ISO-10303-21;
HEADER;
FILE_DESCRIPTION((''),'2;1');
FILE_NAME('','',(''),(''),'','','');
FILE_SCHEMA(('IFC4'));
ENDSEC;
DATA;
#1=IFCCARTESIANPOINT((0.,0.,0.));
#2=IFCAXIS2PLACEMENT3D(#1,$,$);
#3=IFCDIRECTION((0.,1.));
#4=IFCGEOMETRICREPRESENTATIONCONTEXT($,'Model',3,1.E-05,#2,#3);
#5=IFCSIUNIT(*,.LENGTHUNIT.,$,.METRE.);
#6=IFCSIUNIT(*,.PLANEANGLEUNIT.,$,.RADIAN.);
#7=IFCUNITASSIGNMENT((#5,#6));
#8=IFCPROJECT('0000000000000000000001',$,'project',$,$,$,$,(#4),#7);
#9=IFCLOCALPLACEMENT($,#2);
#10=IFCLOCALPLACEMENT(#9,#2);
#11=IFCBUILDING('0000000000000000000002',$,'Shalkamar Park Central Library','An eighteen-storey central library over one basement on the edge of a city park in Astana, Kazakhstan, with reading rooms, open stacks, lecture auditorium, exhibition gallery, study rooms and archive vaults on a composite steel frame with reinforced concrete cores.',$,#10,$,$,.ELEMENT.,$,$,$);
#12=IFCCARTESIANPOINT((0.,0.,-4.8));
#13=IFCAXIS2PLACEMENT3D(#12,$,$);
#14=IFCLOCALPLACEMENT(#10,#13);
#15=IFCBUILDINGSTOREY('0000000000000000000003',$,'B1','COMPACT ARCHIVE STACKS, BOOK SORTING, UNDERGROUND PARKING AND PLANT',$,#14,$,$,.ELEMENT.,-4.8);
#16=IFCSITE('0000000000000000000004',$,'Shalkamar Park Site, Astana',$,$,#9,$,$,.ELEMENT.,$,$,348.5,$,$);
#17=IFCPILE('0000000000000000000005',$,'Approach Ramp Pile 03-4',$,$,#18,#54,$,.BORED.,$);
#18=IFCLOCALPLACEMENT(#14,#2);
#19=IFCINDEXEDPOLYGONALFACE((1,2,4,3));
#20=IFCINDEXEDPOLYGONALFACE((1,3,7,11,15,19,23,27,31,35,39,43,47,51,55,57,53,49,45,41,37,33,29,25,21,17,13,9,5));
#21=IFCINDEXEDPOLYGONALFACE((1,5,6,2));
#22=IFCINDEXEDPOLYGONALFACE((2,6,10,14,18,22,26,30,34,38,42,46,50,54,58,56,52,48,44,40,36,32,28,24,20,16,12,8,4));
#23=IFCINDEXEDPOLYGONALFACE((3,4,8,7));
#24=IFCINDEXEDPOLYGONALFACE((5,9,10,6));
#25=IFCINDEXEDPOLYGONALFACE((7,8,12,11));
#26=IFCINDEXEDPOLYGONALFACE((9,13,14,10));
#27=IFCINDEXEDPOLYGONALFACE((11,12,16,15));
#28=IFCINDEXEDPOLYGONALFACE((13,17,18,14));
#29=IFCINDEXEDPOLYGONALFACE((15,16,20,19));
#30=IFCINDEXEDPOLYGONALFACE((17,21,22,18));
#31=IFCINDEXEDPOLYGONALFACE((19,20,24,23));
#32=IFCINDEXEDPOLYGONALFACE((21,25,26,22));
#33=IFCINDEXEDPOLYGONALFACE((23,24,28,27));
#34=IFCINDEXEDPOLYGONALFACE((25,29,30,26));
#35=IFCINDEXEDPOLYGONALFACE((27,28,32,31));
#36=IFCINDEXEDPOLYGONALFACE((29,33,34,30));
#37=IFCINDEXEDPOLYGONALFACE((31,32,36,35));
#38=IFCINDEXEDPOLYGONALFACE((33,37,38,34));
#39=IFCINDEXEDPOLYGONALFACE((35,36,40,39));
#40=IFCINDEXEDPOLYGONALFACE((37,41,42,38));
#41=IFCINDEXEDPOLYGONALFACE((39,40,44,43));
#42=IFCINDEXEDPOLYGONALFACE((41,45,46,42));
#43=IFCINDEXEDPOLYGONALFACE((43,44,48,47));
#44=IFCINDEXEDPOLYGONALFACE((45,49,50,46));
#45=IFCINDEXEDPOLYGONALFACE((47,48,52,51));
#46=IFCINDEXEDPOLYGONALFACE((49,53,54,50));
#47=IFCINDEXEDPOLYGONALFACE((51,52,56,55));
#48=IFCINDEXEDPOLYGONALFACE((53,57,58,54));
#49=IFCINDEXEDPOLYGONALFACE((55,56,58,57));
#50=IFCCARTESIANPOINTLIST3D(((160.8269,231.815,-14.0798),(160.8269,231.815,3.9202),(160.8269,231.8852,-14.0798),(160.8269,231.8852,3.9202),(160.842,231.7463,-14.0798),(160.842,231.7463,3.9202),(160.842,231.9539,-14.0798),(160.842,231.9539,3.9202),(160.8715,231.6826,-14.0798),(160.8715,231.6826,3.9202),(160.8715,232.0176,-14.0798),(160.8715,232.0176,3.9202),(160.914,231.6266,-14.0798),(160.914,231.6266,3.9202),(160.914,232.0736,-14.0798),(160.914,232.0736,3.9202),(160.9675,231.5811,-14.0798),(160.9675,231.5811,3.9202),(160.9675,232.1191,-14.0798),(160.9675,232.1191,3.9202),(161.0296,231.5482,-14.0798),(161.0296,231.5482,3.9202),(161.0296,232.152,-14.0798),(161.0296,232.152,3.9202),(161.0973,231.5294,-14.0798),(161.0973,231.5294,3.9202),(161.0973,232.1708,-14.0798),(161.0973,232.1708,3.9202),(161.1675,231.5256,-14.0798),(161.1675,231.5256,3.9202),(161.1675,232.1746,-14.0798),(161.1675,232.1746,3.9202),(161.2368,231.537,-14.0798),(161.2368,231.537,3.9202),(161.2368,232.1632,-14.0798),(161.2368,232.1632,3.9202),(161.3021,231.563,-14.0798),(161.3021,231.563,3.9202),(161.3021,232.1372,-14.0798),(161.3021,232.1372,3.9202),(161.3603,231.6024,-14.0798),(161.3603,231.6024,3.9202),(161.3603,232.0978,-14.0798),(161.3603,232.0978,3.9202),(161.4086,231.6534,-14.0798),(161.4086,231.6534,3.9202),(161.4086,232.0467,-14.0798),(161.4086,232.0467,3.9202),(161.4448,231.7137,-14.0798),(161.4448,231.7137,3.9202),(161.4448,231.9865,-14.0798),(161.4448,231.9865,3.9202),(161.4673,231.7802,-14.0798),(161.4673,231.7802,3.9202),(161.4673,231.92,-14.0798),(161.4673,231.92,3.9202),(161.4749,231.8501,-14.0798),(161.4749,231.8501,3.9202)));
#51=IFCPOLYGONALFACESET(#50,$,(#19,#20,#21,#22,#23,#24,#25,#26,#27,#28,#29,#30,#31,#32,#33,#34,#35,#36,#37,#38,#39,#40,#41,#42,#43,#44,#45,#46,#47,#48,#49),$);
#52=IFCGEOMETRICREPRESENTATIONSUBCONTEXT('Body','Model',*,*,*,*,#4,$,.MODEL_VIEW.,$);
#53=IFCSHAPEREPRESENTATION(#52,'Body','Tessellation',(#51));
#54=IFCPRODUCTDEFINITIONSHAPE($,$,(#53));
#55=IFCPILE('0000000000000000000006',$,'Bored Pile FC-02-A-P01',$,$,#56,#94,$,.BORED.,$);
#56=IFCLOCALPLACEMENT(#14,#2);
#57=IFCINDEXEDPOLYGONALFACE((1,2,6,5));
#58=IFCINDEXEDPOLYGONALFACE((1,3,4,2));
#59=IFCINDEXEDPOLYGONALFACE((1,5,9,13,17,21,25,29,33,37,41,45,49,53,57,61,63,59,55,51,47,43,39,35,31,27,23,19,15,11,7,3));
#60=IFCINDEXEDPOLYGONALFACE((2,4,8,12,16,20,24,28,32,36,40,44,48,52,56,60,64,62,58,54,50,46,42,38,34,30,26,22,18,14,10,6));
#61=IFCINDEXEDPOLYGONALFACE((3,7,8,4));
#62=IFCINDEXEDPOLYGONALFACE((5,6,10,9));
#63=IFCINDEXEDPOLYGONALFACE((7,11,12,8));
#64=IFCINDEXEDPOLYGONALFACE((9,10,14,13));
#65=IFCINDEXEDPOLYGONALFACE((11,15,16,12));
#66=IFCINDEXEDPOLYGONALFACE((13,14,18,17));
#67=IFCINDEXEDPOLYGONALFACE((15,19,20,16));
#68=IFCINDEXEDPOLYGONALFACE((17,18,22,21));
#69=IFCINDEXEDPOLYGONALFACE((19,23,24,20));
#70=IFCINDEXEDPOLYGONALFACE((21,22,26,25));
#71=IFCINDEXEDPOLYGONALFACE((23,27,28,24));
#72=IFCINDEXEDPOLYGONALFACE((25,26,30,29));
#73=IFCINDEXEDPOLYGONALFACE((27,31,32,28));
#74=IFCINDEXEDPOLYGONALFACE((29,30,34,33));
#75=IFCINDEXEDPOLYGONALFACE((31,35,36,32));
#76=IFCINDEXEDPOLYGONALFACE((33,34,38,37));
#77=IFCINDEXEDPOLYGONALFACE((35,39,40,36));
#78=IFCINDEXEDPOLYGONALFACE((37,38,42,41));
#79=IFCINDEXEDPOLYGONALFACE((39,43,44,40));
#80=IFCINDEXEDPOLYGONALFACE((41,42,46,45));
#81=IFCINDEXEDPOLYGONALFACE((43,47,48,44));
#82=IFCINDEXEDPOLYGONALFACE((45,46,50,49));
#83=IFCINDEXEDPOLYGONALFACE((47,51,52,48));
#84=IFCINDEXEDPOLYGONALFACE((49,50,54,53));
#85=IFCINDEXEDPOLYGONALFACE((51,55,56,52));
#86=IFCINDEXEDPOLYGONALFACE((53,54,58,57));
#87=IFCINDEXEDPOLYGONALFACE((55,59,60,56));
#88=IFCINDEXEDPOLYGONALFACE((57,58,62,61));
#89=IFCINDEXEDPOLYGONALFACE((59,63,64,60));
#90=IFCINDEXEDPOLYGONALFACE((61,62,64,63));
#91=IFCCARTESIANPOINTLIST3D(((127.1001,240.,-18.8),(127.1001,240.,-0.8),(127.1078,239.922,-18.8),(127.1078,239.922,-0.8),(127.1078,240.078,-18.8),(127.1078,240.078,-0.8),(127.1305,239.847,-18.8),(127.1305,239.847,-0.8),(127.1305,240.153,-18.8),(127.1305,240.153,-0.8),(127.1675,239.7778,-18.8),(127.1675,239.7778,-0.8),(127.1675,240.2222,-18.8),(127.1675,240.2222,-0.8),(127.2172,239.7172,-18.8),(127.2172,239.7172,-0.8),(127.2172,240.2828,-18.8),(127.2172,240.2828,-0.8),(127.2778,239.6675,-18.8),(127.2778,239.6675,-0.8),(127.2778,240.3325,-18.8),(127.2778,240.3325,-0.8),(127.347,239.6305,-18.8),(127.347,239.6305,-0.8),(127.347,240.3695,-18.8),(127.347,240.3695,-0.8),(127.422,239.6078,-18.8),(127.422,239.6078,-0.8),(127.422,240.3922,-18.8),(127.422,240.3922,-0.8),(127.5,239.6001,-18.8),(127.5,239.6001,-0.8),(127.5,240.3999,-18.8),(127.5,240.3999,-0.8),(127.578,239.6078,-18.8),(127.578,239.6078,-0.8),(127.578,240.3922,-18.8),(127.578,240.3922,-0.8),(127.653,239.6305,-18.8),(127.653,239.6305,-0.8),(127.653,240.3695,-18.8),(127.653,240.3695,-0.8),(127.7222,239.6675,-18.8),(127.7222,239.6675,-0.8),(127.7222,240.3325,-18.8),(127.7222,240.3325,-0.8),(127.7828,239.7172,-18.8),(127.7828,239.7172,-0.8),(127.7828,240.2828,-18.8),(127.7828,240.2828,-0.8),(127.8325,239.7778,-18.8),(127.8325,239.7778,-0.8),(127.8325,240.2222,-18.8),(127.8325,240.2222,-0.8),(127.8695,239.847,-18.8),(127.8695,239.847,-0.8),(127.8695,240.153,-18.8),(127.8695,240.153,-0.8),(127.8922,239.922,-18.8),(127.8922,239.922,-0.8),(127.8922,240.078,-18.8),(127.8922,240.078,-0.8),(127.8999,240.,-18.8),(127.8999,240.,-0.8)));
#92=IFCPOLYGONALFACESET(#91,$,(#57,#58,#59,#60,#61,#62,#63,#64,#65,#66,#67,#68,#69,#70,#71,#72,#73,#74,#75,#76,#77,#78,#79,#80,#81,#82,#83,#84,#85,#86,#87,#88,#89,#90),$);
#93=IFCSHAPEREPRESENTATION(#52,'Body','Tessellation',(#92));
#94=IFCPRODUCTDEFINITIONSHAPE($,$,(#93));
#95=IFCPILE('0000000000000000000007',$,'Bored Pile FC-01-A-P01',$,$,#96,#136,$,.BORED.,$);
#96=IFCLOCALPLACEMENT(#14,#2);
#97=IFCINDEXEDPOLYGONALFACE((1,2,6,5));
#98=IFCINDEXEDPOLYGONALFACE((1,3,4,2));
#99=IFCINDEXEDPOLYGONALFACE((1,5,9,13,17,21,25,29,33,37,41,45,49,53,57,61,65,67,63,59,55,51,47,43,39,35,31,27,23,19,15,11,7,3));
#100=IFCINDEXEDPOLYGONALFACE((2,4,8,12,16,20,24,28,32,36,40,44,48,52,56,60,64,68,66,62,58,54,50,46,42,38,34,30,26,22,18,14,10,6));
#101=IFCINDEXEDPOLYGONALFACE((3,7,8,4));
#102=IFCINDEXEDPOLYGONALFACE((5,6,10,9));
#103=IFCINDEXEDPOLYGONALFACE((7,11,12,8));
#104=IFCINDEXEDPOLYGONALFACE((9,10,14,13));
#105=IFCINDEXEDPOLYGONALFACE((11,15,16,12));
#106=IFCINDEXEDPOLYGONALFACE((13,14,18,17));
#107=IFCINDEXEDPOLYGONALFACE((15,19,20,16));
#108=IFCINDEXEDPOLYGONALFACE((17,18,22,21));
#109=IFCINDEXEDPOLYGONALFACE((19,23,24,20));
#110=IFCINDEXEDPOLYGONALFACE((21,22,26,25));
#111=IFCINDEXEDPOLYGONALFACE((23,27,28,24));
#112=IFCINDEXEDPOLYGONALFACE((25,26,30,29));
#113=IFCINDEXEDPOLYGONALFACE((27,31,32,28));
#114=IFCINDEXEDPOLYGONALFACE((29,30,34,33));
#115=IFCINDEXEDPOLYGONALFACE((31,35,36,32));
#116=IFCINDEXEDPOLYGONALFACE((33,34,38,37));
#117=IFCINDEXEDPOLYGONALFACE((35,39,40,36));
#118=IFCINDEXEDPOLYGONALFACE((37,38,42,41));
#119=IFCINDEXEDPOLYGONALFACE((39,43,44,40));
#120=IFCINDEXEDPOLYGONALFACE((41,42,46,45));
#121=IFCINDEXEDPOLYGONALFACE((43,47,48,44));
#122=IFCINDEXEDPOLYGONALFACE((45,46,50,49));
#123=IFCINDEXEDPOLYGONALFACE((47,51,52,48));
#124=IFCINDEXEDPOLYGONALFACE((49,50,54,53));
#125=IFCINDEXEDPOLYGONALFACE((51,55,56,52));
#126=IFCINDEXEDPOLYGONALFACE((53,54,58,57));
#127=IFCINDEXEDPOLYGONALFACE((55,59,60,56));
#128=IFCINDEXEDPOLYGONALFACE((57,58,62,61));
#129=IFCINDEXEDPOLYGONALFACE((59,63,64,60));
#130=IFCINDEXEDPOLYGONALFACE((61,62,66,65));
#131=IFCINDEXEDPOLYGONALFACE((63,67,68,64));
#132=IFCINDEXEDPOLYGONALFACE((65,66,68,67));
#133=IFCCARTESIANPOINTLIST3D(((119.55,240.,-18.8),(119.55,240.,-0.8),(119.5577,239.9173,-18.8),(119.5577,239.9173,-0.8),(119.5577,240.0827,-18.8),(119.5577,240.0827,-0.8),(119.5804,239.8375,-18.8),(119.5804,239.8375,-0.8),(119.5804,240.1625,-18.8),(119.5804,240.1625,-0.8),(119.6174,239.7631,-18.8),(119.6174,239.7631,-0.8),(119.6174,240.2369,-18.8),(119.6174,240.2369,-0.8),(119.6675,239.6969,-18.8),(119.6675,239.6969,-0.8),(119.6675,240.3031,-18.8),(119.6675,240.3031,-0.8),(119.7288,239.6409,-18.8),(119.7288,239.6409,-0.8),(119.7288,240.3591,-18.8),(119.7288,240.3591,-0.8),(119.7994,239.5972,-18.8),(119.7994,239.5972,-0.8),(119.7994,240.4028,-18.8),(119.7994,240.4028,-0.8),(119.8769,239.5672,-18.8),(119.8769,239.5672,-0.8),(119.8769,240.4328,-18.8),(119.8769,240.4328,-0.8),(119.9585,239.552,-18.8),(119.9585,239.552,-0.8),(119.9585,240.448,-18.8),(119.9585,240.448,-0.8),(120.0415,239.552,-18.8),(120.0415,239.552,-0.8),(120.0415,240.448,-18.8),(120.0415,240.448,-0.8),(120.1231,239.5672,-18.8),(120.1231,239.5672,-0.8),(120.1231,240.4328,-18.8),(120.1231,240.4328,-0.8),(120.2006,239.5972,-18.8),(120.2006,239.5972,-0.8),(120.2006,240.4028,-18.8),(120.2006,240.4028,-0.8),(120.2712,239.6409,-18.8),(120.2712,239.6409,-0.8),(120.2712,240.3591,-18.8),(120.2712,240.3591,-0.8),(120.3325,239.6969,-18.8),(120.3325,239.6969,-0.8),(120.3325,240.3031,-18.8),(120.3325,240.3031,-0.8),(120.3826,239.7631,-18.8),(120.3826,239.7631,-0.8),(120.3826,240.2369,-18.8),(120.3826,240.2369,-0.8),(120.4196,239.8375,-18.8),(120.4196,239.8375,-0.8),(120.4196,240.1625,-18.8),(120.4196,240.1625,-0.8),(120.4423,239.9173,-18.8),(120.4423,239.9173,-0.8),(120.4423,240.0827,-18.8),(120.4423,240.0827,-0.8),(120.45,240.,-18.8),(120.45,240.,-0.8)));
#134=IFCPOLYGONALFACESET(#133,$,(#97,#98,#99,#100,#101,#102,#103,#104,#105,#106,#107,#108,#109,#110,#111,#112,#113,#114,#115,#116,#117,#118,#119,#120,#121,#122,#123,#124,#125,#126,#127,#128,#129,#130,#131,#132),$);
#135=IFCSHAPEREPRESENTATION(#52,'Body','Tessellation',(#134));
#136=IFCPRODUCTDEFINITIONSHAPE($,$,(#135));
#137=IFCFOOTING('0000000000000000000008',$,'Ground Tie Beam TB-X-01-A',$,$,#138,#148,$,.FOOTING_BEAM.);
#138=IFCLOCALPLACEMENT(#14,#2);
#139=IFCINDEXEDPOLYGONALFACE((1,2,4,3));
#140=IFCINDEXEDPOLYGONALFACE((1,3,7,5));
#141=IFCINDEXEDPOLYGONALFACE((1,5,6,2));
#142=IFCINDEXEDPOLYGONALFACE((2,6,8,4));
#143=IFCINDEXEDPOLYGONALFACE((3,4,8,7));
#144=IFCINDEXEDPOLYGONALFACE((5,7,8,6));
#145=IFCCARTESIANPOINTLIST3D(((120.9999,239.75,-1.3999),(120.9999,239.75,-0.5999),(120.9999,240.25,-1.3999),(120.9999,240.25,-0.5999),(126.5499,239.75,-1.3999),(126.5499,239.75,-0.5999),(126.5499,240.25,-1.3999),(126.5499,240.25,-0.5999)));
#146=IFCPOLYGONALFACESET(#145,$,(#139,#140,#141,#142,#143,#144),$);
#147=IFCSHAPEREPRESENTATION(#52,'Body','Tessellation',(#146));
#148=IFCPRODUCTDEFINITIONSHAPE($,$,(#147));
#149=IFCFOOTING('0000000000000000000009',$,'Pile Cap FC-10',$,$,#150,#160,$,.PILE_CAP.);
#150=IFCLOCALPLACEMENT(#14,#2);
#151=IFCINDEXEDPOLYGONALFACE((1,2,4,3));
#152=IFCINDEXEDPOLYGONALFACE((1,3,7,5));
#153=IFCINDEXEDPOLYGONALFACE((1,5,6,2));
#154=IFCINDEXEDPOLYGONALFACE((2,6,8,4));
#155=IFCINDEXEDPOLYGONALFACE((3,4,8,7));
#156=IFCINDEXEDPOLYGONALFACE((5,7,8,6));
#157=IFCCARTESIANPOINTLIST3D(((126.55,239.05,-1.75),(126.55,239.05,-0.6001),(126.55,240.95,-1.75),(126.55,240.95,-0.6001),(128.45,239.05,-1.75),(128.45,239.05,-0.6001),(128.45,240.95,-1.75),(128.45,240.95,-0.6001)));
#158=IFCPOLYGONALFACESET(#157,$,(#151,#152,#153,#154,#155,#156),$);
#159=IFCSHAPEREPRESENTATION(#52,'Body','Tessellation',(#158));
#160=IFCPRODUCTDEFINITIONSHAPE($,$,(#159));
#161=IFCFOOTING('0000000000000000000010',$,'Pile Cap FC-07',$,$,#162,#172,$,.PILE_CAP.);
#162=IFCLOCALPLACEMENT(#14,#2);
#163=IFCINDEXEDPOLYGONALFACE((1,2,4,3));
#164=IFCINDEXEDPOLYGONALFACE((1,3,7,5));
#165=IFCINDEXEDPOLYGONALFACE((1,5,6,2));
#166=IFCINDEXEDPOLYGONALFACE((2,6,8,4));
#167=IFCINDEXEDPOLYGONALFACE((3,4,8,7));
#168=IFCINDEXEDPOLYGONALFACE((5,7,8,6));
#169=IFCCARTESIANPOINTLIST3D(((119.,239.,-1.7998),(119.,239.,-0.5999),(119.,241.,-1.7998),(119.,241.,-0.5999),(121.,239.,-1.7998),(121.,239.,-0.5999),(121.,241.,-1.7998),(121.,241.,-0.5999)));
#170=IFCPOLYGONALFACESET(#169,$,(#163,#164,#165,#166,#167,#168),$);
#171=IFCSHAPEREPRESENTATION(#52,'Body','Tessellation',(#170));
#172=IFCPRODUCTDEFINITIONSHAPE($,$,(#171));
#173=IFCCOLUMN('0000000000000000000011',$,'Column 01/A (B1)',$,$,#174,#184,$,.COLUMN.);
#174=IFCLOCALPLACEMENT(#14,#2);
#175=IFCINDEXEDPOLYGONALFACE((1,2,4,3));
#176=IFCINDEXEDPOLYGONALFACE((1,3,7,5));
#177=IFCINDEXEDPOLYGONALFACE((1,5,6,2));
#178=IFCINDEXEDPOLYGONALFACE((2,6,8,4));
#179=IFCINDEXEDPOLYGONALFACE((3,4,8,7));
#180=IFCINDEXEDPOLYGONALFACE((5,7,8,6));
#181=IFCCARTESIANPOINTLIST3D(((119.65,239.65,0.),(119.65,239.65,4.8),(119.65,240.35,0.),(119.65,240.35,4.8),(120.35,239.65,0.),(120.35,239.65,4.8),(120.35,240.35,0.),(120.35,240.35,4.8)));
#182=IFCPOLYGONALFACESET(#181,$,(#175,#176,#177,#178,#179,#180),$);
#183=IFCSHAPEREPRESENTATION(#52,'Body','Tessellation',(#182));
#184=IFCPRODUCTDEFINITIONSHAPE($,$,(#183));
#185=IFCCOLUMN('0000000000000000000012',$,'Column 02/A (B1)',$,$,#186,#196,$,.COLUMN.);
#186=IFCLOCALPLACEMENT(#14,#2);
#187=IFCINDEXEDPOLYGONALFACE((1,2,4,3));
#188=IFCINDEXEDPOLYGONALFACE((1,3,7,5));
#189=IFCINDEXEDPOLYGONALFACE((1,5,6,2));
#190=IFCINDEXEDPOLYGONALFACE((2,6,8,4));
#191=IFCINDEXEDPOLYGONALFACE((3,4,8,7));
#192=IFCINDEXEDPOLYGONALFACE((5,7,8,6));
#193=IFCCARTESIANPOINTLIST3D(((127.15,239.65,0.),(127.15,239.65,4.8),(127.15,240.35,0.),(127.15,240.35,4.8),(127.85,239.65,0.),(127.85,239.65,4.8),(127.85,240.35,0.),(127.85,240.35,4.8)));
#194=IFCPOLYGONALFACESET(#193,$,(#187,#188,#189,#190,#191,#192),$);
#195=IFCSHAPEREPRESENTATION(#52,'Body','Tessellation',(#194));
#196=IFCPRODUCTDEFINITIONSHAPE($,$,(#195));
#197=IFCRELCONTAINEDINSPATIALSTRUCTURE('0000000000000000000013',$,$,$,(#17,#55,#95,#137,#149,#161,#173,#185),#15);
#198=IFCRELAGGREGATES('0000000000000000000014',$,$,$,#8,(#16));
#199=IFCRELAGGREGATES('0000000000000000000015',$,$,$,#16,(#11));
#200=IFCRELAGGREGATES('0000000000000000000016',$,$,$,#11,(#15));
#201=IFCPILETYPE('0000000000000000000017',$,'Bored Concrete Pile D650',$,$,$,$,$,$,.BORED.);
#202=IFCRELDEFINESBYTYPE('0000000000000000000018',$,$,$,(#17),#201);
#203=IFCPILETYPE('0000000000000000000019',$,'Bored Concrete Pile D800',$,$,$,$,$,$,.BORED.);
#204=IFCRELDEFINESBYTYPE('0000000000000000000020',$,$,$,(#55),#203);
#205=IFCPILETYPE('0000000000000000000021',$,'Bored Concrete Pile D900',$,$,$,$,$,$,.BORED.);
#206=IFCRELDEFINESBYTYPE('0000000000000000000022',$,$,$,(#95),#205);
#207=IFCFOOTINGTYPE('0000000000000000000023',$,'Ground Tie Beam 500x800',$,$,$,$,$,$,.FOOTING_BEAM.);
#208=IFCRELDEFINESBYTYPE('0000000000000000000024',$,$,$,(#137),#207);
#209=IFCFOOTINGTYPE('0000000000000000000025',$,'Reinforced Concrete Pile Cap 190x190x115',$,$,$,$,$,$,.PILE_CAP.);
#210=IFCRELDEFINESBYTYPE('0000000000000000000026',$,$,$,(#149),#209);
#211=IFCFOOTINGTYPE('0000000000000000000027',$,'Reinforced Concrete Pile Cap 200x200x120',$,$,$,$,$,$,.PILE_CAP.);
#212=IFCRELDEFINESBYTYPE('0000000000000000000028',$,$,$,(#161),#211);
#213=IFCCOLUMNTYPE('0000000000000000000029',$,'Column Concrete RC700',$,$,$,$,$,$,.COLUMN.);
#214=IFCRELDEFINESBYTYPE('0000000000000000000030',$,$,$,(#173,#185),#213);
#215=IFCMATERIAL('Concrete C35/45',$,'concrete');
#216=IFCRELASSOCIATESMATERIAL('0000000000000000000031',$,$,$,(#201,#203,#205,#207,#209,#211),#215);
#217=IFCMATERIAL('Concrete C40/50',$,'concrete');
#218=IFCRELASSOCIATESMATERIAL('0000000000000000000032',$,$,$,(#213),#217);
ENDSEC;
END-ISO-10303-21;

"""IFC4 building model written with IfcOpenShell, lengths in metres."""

from ifc_helpers import new_model, si_unit, direction, frame, origin, origin_2d, place, context, subcontext, project, spatial, rectangle, circle, extrude, material, material_profile, profile_set, type_object, element, save


model = new_model("IFC4")

# Units and contexts
model_context = context("Model", 3, precision=1e-05, world=origin(), true_north=direction((0.0, 1.0)))
body_context = subcontext(model_context, "Body", "Model", "MODEL_VIEW")
ifc_project = project(units=[si_unit("LENGTHUNIT", "METRE"), si_unit("PLANEANGLEUNIT", "RADIAN")], contexts=[model_context])

# Site, building, storey
site_placement = place(None, origin())
site = spatial("IfcSite", under=ifc_project, at=site_placement, Name="Shalkamar Park Site, Astana", CompositionType="ELEMENT", RefElevation=348.5)
building_placement = place(site_placement, origin())
building = spatial("IfcBuilding", under=site, at=building_placement, Name="Shalkamar Park Central Library", Description="An eighteen-storey central library over one basement on the edge of a city park in Astana, Kazakhstan, with reading rooms, open stacks, lecture auditorium, exhibition gallery, study rooms and archive vaults on a composite steel frame with reinforced concrete cores.", CompositionType="ELEMENT")
storey_placement = place(building_placement, frame((0.0, 0.0, -4.8)))
storey = spatial("IfcBuildingStorey", under=building, at=storey_placement, Name="B1", Description="COMPACT ARCHIVE STACKS, BOOK SORTING, UNDERGROUND PARKING AND PLANT", CompositionType="ELEMENT", Elevation=-4.8)

# Piles
ifc_material_1 = material(Name="Concrete C35/45", Category="concrete")
ifc_material_profile_1 = material_profile(ifc_material_1, circle(Radius=0.325, at=origin_2d()), Name="PILE D650")
ifc_profile_set_1 = profile_set([ifc_material_profile_1], Name="Concrete C35/45")
pile_type_1 = type_object("IfcPileType", Name="Bored Concrete Pile D650", PredefinedType="BORED", material=ifc_profile_set_1)
for number, where, z_axis, x_axis, name in (
    (1, (161.1499, 231.8501, 3.9202), (0.0, 0.0, -1.0), (1.0, 0.0, 0.0), "Approach Ramp Pile 03-4"),
):
    element("IfcPile", number, at=place(storey_placement, frame(where, z_axis=z_axis, x_axis=x_axis)), inside=storey, type_object=pile_type_1, Name=name, PredefinedType="BORED", context=body_context, shape_type="SweptSolid", body=[
        extrude(circle(Radius=0.325, at=origin_2d()), origin(), (0.0, 0.0, 1.0), 18.0),
    ])
ifc_material_profile_2 = material_profile(ifc_material_1, circle(Radius=0.3999, at=origin_2d()), Name="PILE D800")
ifc_profile_set_2 = profile_set([ifc_material_profile_2], Name="Concrete C35/45")
pile_type_2 = type_object("IfcPileType", Name="Bored Concrete Pile D800", PredefinedType="BORED", material=ifc_profile_set_2)
pile_1_placement = place(storey_placement, frame((127.5, 240.0, -0.8), z_axis=(0.0, 0.0, -1.0), x_axis=(1.0, 0.0, 0.0)))
element("IfcPile", 2, at=pile_1_placement, inside=storey, type_object=pile_type_2, Name="Bored Pile FC-02-A-P01", PredefinedType="BORED", context=body_context, shape_type="SweptSolid", body=[
    extrude(circle(Radius=0.3999, at=origin_2d()), origin(), (0.0, 0.0, 1.0), 18.0),
])
ifc_material_profile_3 = material_profile(ifc_material_1, circle(Radius=0.45, at=origin_2d()), Name="PILE D900")
ifc_profile_set_3 = profile_set([ifc_material_profile_3], Name="Concrete C35/45")
pile_type_3 = type_object("IfcPileType", Name="Bored Concrete Pile D900", PredefinedType="BORED", material=ifc_profile_set_3)
pile_2_placement = place(storey_placement, frame((120.0, 240.0, -0.8), z_axis=(0.0, 0.0, -1.0), x_axis=(1.0, 0.0, 0.0)))
element("IfcPile", 3, at=pile_2_placement, inside=storey, type_object=pile_type_3, Name="Bored Pile FC-01-A-P01", PredefinedType="BORED", context=body_context, shape_type="SweptSolid", body=[
    extrude(circle(Radius=0.45, at=origin_2d()), origin(), (0.0, 0.0, 1.0), 18.0),
])

# Footings
footing_type_1 = type_object("IfcFootingType", Name="Ground Tie Beam 500x800", PredefinedType="FOOTING_BEAM", material=ifc_material_1)
footing_1_placement = place(storey_placement, frame((123.7749, 240.0, -1.3999), z_axis=(0.0, 0.0, 1.0), x_axis=(1.0, 0.0, 0.0)))
element("IfcFooting", 4, at=footing_1_placement, inside=storey, type_object=footing_type_1, Name="Ground Tie Beam TB-X-01-A", PredefinedType="FOOTING_BEAM", context=body_context, shape_type="SweptSolid", body=[
    extrude(rectangle(XDim=5.55, YDim=0.5, at=origin_2d()), origin(), (0.0, 0.0, 1.0), 0.8),
])
footing_type_2 = type_object("IfcFootingType", Name="Reinforced Concrete Pile Cap 190x190x115", PredefinedType="PILE_CAP", material=ifc_material_1)
footing_2_placement = place(storey_placement, frame((127.5, 240.0, -1.75), z_axis=(0.0, 0.0, 1.0), x_axis=(1.0, 0.0, 0.0)))
element("IfcFooting", 5, at=footing_2_placement, inside=storey, type_object=footing_type_2, Name="Pile Cap FC-10", PredefinedType="PILE_CAP", context=body_context, shape_type="SweptSolid", body=[
    extrude(rectangle(XDim=1.8999, YDim=1.8999, at=origin_2d()), origin(), (0.0, 0.0, 1.0), 1.1499),
])
footing_type_3 = type_object("IfcFootingType", Name="Reinforced Concrete Pile Cap 200x200x120", PredefinedType="PILE_CAP", material=ifc_material_1)
footing_3_placement = place(storey_placement, frame((120.0, 240.0, -1.7998), z_axis=(0.0, 0.0, 1.0), x_axis=(1.0, 0.0, 0.0)))
element("IfcFooting", 6, at=footing_3_placement, inside=storey, type_object=footing_type_3, Name="Pile Cap FC-07", PredefinedType="PILE_CAP", context=body_context, shape_type="SweptSolid", body=[
    extrude(rectangle(XDim=2.0, YDim=2.0, at=origin_2d()), origin(), (0.0, 0.0, 1.0), 1.2),
])

# Columns
ifc_material_2 = material(Name="Concrete C40/50", Category="concrete")
ifc_material_profile_4 = material_profile(ifc_material_2, rectangle(XDim=0.7, YDim=0.7, at=origin_2d()), Name="RC 700x700")
ifc_profile_set_4 = profile_set([ifc_material_profile_4], Name="Concrete C40/50")
column_type = type_object("IfcColumnType", Name="Column Concrete RC700", PredefinedType="COLUMN", material=ifc_profile_set_4)
for number, where, z_axis, x_axis, name in (
    (7, (120.0, 240.0, 0.0), (0.0, 0.0, 1.0), (1.0, 0.0, 0.0), "Column 01/A (B1)"),
    (8, (127.5, 240.0, 0.0), (0.0, 0.0, 1.0), (1.0, 0.0, 0.0), "Column 02/A (B1)"),
):
    element("IfcColumn", number, at=place(storey_placement, frame(where, z_axis=z_axis, x_axis=x_axis)), inside=storey, type_object=column_type, Name=name, PredefinedType="COLUMN", context=body_context, shape_type="SweptSolid", body=[
        extrude(rectangle(XDim=0.7, YDim=0.7, at=origin_2d()), origin(), (0.0, 0.0, 1.0), 4.8),
    ])

save(model, "model.ifc")
